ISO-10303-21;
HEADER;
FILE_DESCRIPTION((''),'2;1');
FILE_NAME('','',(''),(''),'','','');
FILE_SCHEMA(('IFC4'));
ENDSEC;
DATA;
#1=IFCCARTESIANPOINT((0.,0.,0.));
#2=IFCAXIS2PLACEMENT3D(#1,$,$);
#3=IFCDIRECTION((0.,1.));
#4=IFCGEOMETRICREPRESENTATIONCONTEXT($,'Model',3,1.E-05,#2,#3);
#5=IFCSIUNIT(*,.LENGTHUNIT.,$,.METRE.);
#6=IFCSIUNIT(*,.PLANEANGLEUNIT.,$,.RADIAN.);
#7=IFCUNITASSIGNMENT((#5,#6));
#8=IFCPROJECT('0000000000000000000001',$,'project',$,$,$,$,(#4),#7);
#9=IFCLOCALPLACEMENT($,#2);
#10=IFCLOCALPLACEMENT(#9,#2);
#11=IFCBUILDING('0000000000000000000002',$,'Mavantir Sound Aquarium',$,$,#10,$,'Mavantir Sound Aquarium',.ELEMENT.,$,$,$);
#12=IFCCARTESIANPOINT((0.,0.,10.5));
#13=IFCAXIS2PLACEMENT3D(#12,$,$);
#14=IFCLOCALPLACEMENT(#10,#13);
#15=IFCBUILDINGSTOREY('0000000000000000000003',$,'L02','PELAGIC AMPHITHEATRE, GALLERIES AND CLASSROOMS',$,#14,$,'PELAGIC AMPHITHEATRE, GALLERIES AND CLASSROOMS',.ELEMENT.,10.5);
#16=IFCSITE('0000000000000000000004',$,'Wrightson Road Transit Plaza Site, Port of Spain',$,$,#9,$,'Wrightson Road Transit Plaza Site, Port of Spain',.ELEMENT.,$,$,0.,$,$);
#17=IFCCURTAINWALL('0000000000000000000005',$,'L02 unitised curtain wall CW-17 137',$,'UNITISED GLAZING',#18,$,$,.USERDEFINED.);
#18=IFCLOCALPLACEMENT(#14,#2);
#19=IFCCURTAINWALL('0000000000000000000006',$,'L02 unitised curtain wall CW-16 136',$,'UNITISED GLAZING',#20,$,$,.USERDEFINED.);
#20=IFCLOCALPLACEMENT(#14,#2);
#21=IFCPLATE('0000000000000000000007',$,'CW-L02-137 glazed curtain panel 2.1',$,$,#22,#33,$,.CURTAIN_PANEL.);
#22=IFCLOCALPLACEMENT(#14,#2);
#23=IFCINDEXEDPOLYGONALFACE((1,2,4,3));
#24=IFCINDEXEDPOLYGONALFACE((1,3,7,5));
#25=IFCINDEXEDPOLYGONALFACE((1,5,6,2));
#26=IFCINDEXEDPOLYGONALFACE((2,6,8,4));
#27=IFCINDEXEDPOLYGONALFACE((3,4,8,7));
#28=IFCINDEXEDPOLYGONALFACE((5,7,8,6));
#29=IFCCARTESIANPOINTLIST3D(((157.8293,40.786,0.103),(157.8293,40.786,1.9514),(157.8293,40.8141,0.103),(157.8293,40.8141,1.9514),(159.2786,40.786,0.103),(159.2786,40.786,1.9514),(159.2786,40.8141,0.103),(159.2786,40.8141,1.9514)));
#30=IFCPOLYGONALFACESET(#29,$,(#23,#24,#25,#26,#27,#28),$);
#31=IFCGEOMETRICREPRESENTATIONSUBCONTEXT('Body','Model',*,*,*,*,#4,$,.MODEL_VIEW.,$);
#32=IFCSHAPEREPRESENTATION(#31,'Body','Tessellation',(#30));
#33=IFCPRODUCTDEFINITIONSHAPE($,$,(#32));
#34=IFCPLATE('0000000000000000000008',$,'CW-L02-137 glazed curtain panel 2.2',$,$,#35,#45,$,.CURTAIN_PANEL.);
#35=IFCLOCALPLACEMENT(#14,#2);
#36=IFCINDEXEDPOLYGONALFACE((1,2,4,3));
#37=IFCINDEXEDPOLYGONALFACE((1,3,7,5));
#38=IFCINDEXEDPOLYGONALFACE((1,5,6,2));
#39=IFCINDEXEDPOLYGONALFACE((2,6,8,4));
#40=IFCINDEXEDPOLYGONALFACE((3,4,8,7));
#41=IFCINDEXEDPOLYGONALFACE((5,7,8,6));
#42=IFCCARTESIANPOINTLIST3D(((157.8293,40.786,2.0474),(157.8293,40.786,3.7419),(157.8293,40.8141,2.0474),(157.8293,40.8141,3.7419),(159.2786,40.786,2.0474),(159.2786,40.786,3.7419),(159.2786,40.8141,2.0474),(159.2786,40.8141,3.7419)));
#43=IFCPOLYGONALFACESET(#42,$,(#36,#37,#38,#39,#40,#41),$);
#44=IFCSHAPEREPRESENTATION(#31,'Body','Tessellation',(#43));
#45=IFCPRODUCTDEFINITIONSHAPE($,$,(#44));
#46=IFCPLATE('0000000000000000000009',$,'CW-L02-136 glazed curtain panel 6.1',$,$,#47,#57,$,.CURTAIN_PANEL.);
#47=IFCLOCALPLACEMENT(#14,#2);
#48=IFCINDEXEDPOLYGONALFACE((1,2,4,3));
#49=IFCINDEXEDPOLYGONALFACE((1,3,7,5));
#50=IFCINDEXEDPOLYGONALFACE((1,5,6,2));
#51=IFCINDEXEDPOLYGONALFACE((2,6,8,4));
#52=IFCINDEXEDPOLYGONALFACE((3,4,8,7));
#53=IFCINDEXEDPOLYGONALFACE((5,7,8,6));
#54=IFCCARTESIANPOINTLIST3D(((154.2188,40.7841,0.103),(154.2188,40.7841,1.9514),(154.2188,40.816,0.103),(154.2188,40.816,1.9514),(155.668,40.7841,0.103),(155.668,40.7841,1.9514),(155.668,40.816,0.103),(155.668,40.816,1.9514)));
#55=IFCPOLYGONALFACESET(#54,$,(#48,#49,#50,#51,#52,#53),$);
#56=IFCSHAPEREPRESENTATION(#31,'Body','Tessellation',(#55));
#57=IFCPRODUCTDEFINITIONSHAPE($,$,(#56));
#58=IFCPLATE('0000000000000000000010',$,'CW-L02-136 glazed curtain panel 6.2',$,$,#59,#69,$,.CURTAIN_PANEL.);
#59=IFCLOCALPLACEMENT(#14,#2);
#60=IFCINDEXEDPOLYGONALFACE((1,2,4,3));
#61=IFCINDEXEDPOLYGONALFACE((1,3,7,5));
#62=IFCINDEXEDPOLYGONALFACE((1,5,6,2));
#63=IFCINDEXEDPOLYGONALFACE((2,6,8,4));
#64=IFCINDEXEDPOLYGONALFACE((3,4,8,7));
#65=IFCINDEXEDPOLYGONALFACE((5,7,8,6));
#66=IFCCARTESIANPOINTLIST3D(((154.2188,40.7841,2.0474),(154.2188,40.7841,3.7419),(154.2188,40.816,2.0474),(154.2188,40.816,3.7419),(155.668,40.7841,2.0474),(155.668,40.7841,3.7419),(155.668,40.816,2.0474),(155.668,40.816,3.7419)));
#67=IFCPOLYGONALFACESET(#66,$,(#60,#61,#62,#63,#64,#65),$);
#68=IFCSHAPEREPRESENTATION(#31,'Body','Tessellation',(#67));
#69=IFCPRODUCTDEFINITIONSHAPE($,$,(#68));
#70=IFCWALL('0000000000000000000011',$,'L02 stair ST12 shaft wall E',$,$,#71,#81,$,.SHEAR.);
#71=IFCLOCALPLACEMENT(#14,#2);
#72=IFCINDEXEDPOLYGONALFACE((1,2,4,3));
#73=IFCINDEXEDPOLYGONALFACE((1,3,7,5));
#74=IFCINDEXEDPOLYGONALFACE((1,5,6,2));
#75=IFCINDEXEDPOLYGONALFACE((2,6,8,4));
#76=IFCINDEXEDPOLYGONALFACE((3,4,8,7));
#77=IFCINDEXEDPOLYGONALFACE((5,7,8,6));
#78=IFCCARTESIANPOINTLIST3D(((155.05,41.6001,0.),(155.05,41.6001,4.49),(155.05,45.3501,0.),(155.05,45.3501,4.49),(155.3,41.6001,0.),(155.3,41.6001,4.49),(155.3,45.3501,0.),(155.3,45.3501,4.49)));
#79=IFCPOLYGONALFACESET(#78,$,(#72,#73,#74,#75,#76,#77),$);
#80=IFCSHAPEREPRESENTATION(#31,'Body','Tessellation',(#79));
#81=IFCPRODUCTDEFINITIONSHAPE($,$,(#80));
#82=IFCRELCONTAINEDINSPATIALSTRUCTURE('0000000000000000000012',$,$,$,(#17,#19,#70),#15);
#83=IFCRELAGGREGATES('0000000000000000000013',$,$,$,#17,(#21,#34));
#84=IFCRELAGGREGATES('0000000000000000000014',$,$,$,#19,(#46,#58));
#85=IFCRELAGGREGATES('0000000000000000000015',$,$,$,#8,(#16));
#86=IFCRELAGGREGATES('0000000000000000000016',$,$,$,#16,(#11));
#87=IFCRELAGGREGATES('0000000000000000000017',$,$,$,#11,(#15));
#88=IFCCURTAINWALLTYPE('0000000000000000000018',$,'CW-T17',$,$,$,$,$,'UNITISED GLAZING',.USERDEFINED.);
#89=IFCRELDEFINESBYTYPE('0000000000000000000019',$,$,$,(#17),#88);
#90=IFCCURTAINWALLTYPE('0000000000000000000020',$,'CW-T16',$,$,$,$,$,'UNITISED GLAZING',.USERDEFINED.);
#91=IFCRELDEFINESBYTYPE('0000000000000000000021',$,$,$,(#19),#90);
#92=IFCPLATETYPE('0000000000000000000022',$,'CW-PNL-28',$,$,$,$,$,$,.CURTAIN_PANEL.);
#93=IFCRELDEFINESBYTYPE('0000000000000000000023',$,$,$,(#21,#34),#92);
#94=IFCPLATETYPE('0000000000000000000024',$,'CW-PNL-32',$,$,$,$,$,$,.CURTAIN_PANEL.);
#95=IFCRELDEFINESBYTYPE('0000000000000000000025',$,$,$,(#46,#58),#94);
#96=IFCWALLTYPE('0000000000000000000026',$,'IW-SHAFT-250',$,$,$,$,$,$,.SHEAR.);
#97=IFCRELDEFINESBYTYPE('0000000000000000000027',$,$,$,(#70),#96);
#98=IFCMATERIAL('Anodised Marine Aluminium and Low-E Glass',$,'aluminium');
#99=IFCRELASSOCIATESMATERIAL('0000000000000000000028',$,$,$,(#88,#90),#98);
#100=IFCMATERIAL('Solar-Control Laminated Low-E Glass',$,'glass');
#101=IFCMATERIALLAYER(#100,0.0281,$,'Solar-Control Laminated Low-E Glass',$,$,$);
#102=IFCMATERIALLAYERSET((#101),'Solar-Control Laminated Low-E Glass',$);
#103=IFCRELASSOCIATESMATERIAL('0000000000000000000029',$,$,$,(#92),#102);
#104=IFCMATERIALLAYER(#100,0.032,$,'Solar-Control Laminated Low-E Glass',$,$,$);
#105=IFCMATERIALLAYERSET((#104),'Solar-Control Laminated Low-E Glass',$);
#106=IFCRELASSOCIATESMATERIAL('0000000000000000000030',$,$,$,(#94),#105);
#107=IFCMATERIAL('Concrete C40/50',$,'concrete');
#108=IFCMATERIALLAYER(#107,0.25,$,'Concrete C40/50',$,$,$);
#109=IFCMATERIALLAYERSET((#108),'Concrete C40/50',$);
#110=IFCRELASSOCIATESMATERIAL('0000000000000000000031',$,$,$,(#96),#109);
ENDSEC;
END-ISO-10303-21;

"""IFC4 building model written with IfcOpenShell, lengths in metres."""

from ifc_helpers import new_model, si_unit, direction, frame, frame_2d, origin, origin_2d, place, context, subcontext, project, spatial, rectangle, extrude, material, layer, layer_set, type_object, element, aggregate, save


model = new_model("IFC4")

# Units and contexts
model_context = context("Model", 3, precision=1e-05, world=origin(), true_north=direction((0.0, 1.0)))
body_context = subcontext(model_context, "Body", "Model", "MODEL_VIEW")
ifc_project = project(units=[si_unit("LENGTHUNIT", "METRE"), si_unit("PLANEANGLEUNIT", "RADIAN")], contexts=[model_context])

# Site, building, storey
site_placement = place(None, origin())
site = spatial("IfcSite", under=ifc_project, at=site_placement, Name="Wrightson Road Transit Plaza Site, Port of Spain", LongName="Wrightson Road Transit Plaza Site, Port of Spain", CompositionType="ELEMENT", RefElevation=0.0)
building_placement = place(site_placement, origin())
building = spatial("IfcBuilding", under=site, at=building_placement, Name="Mavantir Sound Aquarium", LongName="Mavantir Sound Aquarium", CompositionType="ELEMENT")
storey_placement = place(building_placement, frame((0.0, 0.0, 10.5)))
storey = spatial("IfcBuildingStorey", under=building, at=storey_placement, Name="L02", Description="PELAGIC AMPHITHEATRE, GALLERIES AND CLASSROOMS", LongName="PELAGIC AMPHITHEATRE, GALLERIES AND CLASSROOMS", CompositionType="ELEMENT", Elevation=10.5)

# Shared definitions
ifc_material_1 = material(Name="Concrete C40/50", Category="concrete")

# Curtain walls
ifc_material_2 = material(Name="Anodised Marine Aluminium and Low-E Glass", Category="aluminium")
curtain_wall_type_1 = type_object("IfcCurtainWallType", Name="CW-T17", ElementType="UNITISED GLAZING", PredefinedType="USERDEFINED", material=ifc_material_2)
curtain_wall_1_placement = place(storey_placement, origin())
curtain_wall_1 = element("IfcCurtainWall", 1, at=curtain_wall_1_placement, inside=storey, type_object=curtain_wall_type_1, Name="L02 unitised curtain wall CW-17 137", ObjectType="UNITISED GLAZING", PredefinedType="USERDEFINED")
curtain_wall_type_2 = type_object("IfcCurtainWallType", Name="CW-T16", ElementType="UNITISED GLAZING", PredefinedType="USERDEFINED", material=ifc_material_2)
curtain_wall_2_placement = place(storey_placement, origin())
curtain_wall_2 = element("IfcCurtainWall", 2, at=curtain_wall_2_placement, inside=storey, type_object=curtain_wall_type_2, Name="L02 unitised curtain wall CW-16 136", ObjectType="UNITISED GLAZING", PredefinedType="USERDEFINED")

# Plates
ifc_material_3 = material(Name="Solar-Control Laminated Low-E Glass", Category="glass")
ifc_layer_1 = layer(ifc_material_3, 0.0281, Name="Solar-Control Laminated Low-E Glass")
ifc_layer_set_1 = layer_set([ifc_layer_1], Name="Solar-Control Laminated Low-E Glass")
plate_type_1 = type_object("IfcPlateType", Name="CW-PNL-28", PredefinedType="CURTAIN_PANEL", material=ifc_layer_set_1)
plate_1_placement = place(storey_placement, frame((158.554, 40.8, 0.103), z_axis=(0.0, 0.0, 1.0), x_axis=(1.0, 0.0, 0.0)))
plate_1 = element("IfcPlate", 3, at=plate_1_placement, type_object=plate_type_1, Name="CW-L02-137 glazed curtain panel 2.1", PredefinedType="CURTAIN_PANEL", context=body_context, shape_type="SweptSolid", body=[
    extrude(rectangle(XDim=1.4492, YDim=0.0281, at=origin_2d()), origin(), (0.0, 0.0, 1.0), 1.8484),
])
plate_2_placement = place(storey_placement, frame((158.554, 40.8, 2.0474), z_axis=(0.0, 0.0, 1.0), x_axis=(1.0, 0.0, 0.0)))
plate_2 = element("IfcPlate", 4, at=plate_2_placement, type_object=plate_type_1, Name="CW-L02-137 glazed curtain panel 2.2", PredefinedType="CURTAIN_PANEL", context=body_context, shape_type="SweptSolid", body=[
    extrude(rectangle(XDim=1.4492, YDim=0.0281, at=origin_2d()), origin(), (0.0, 0.0, 1.0), 1.6946),
])
aggregate(curtain_wall_1, [plate_1, plate_2])
ifc_layer_2 = layer(ifc_material_3, 0.032, Name="Solar-Control Laminated Low-E Glass")
ifc_layer_set_2 = layer_set([ifc_layer_2], Name="Solar-Control Laminated Low-E Glass")
plate_type_2 = type_object("IfcPlateType", Name="CW-PNL-32", PredefinedType="CURTAIN_PANEL", material=ifc_layer_set_2)
plate_3_placement = place(storey_placement, frame((154.9434, 40.8, 0.103), z_axis=(0.0, 0.0, 1.0), x_axis=(1.0, 0.0, 0.0)))
plate_3 = element("IfcPlate", 5, at=plate_3_placement, type_object=plate_type_2, Name="CW-L02-136 glazed curtain panel 6.1", PredefinedType="CURTAIN_PANEL", context=body_context, shape_type="SweptSolid", body=[
    extrude(rectangle(XDim=1.4492, YDim=0.032, at=origin_2d()), origin(), (0.0, 0.0, 1.0), 1.8484),
])
plate_4_placement = place(storey_placement, frame((154.9434, 40.8, 2.0474), z_axis=(0.0, 0.0, 1.0), x_axis=(1.0, 0.0, 0.0)))
plate_4 = element("IfcPlate", 6, at=plate_4_placement, type_object=plate_type_2, Name="CW-L02-136 glazed curtain panel 6.2", PredefinedType="CURTAIN_PANEL", context=body_context, shape_type="SweptSolid", body=[
    extrude(rectangle(XDim=1.4492, YDim=0.032, at=origin_2d()), origin(), (0.0, 0.0, 1.0), 1.6946),
])
aggregate(curtain_wall_2, [plate_3, plate_4])

# Wall
ifc_layer_3 = layer(ifc_material_1, 0.25, Name="Concrete C40/50")
ifc_layer_set_3 = layer_set([ifc_layer_3], Name="Concrete C40/50")
wall_type = type_object("IfcWallType", Name="IW-SHAFT-250", PredefinedType="SHEAR", material=ifc_layer_set_3)
wall_placement = place(storey_placement, frame((155.175, 41.6001, 0.0), z_axis=(0.0, 0.0, 1.0), x_axis=(0.0, 1.0, 0.0)))
element("IfcWall", 7, at=wall_placement, inside=storey, type_object=wall_type, Name="L02 stair ST12 shaft wall E", PredefinedType="SHEAR", context=body_context, shape_type="SweptSolid", body=[
    extrude(rectangle(XDim=3.75, YDim=0.25, at=frame_2d((1.875, 0.0))), origin(), (0.0, 0.0, 1.0), 4.49),
])

save(model, "model.ifc")
